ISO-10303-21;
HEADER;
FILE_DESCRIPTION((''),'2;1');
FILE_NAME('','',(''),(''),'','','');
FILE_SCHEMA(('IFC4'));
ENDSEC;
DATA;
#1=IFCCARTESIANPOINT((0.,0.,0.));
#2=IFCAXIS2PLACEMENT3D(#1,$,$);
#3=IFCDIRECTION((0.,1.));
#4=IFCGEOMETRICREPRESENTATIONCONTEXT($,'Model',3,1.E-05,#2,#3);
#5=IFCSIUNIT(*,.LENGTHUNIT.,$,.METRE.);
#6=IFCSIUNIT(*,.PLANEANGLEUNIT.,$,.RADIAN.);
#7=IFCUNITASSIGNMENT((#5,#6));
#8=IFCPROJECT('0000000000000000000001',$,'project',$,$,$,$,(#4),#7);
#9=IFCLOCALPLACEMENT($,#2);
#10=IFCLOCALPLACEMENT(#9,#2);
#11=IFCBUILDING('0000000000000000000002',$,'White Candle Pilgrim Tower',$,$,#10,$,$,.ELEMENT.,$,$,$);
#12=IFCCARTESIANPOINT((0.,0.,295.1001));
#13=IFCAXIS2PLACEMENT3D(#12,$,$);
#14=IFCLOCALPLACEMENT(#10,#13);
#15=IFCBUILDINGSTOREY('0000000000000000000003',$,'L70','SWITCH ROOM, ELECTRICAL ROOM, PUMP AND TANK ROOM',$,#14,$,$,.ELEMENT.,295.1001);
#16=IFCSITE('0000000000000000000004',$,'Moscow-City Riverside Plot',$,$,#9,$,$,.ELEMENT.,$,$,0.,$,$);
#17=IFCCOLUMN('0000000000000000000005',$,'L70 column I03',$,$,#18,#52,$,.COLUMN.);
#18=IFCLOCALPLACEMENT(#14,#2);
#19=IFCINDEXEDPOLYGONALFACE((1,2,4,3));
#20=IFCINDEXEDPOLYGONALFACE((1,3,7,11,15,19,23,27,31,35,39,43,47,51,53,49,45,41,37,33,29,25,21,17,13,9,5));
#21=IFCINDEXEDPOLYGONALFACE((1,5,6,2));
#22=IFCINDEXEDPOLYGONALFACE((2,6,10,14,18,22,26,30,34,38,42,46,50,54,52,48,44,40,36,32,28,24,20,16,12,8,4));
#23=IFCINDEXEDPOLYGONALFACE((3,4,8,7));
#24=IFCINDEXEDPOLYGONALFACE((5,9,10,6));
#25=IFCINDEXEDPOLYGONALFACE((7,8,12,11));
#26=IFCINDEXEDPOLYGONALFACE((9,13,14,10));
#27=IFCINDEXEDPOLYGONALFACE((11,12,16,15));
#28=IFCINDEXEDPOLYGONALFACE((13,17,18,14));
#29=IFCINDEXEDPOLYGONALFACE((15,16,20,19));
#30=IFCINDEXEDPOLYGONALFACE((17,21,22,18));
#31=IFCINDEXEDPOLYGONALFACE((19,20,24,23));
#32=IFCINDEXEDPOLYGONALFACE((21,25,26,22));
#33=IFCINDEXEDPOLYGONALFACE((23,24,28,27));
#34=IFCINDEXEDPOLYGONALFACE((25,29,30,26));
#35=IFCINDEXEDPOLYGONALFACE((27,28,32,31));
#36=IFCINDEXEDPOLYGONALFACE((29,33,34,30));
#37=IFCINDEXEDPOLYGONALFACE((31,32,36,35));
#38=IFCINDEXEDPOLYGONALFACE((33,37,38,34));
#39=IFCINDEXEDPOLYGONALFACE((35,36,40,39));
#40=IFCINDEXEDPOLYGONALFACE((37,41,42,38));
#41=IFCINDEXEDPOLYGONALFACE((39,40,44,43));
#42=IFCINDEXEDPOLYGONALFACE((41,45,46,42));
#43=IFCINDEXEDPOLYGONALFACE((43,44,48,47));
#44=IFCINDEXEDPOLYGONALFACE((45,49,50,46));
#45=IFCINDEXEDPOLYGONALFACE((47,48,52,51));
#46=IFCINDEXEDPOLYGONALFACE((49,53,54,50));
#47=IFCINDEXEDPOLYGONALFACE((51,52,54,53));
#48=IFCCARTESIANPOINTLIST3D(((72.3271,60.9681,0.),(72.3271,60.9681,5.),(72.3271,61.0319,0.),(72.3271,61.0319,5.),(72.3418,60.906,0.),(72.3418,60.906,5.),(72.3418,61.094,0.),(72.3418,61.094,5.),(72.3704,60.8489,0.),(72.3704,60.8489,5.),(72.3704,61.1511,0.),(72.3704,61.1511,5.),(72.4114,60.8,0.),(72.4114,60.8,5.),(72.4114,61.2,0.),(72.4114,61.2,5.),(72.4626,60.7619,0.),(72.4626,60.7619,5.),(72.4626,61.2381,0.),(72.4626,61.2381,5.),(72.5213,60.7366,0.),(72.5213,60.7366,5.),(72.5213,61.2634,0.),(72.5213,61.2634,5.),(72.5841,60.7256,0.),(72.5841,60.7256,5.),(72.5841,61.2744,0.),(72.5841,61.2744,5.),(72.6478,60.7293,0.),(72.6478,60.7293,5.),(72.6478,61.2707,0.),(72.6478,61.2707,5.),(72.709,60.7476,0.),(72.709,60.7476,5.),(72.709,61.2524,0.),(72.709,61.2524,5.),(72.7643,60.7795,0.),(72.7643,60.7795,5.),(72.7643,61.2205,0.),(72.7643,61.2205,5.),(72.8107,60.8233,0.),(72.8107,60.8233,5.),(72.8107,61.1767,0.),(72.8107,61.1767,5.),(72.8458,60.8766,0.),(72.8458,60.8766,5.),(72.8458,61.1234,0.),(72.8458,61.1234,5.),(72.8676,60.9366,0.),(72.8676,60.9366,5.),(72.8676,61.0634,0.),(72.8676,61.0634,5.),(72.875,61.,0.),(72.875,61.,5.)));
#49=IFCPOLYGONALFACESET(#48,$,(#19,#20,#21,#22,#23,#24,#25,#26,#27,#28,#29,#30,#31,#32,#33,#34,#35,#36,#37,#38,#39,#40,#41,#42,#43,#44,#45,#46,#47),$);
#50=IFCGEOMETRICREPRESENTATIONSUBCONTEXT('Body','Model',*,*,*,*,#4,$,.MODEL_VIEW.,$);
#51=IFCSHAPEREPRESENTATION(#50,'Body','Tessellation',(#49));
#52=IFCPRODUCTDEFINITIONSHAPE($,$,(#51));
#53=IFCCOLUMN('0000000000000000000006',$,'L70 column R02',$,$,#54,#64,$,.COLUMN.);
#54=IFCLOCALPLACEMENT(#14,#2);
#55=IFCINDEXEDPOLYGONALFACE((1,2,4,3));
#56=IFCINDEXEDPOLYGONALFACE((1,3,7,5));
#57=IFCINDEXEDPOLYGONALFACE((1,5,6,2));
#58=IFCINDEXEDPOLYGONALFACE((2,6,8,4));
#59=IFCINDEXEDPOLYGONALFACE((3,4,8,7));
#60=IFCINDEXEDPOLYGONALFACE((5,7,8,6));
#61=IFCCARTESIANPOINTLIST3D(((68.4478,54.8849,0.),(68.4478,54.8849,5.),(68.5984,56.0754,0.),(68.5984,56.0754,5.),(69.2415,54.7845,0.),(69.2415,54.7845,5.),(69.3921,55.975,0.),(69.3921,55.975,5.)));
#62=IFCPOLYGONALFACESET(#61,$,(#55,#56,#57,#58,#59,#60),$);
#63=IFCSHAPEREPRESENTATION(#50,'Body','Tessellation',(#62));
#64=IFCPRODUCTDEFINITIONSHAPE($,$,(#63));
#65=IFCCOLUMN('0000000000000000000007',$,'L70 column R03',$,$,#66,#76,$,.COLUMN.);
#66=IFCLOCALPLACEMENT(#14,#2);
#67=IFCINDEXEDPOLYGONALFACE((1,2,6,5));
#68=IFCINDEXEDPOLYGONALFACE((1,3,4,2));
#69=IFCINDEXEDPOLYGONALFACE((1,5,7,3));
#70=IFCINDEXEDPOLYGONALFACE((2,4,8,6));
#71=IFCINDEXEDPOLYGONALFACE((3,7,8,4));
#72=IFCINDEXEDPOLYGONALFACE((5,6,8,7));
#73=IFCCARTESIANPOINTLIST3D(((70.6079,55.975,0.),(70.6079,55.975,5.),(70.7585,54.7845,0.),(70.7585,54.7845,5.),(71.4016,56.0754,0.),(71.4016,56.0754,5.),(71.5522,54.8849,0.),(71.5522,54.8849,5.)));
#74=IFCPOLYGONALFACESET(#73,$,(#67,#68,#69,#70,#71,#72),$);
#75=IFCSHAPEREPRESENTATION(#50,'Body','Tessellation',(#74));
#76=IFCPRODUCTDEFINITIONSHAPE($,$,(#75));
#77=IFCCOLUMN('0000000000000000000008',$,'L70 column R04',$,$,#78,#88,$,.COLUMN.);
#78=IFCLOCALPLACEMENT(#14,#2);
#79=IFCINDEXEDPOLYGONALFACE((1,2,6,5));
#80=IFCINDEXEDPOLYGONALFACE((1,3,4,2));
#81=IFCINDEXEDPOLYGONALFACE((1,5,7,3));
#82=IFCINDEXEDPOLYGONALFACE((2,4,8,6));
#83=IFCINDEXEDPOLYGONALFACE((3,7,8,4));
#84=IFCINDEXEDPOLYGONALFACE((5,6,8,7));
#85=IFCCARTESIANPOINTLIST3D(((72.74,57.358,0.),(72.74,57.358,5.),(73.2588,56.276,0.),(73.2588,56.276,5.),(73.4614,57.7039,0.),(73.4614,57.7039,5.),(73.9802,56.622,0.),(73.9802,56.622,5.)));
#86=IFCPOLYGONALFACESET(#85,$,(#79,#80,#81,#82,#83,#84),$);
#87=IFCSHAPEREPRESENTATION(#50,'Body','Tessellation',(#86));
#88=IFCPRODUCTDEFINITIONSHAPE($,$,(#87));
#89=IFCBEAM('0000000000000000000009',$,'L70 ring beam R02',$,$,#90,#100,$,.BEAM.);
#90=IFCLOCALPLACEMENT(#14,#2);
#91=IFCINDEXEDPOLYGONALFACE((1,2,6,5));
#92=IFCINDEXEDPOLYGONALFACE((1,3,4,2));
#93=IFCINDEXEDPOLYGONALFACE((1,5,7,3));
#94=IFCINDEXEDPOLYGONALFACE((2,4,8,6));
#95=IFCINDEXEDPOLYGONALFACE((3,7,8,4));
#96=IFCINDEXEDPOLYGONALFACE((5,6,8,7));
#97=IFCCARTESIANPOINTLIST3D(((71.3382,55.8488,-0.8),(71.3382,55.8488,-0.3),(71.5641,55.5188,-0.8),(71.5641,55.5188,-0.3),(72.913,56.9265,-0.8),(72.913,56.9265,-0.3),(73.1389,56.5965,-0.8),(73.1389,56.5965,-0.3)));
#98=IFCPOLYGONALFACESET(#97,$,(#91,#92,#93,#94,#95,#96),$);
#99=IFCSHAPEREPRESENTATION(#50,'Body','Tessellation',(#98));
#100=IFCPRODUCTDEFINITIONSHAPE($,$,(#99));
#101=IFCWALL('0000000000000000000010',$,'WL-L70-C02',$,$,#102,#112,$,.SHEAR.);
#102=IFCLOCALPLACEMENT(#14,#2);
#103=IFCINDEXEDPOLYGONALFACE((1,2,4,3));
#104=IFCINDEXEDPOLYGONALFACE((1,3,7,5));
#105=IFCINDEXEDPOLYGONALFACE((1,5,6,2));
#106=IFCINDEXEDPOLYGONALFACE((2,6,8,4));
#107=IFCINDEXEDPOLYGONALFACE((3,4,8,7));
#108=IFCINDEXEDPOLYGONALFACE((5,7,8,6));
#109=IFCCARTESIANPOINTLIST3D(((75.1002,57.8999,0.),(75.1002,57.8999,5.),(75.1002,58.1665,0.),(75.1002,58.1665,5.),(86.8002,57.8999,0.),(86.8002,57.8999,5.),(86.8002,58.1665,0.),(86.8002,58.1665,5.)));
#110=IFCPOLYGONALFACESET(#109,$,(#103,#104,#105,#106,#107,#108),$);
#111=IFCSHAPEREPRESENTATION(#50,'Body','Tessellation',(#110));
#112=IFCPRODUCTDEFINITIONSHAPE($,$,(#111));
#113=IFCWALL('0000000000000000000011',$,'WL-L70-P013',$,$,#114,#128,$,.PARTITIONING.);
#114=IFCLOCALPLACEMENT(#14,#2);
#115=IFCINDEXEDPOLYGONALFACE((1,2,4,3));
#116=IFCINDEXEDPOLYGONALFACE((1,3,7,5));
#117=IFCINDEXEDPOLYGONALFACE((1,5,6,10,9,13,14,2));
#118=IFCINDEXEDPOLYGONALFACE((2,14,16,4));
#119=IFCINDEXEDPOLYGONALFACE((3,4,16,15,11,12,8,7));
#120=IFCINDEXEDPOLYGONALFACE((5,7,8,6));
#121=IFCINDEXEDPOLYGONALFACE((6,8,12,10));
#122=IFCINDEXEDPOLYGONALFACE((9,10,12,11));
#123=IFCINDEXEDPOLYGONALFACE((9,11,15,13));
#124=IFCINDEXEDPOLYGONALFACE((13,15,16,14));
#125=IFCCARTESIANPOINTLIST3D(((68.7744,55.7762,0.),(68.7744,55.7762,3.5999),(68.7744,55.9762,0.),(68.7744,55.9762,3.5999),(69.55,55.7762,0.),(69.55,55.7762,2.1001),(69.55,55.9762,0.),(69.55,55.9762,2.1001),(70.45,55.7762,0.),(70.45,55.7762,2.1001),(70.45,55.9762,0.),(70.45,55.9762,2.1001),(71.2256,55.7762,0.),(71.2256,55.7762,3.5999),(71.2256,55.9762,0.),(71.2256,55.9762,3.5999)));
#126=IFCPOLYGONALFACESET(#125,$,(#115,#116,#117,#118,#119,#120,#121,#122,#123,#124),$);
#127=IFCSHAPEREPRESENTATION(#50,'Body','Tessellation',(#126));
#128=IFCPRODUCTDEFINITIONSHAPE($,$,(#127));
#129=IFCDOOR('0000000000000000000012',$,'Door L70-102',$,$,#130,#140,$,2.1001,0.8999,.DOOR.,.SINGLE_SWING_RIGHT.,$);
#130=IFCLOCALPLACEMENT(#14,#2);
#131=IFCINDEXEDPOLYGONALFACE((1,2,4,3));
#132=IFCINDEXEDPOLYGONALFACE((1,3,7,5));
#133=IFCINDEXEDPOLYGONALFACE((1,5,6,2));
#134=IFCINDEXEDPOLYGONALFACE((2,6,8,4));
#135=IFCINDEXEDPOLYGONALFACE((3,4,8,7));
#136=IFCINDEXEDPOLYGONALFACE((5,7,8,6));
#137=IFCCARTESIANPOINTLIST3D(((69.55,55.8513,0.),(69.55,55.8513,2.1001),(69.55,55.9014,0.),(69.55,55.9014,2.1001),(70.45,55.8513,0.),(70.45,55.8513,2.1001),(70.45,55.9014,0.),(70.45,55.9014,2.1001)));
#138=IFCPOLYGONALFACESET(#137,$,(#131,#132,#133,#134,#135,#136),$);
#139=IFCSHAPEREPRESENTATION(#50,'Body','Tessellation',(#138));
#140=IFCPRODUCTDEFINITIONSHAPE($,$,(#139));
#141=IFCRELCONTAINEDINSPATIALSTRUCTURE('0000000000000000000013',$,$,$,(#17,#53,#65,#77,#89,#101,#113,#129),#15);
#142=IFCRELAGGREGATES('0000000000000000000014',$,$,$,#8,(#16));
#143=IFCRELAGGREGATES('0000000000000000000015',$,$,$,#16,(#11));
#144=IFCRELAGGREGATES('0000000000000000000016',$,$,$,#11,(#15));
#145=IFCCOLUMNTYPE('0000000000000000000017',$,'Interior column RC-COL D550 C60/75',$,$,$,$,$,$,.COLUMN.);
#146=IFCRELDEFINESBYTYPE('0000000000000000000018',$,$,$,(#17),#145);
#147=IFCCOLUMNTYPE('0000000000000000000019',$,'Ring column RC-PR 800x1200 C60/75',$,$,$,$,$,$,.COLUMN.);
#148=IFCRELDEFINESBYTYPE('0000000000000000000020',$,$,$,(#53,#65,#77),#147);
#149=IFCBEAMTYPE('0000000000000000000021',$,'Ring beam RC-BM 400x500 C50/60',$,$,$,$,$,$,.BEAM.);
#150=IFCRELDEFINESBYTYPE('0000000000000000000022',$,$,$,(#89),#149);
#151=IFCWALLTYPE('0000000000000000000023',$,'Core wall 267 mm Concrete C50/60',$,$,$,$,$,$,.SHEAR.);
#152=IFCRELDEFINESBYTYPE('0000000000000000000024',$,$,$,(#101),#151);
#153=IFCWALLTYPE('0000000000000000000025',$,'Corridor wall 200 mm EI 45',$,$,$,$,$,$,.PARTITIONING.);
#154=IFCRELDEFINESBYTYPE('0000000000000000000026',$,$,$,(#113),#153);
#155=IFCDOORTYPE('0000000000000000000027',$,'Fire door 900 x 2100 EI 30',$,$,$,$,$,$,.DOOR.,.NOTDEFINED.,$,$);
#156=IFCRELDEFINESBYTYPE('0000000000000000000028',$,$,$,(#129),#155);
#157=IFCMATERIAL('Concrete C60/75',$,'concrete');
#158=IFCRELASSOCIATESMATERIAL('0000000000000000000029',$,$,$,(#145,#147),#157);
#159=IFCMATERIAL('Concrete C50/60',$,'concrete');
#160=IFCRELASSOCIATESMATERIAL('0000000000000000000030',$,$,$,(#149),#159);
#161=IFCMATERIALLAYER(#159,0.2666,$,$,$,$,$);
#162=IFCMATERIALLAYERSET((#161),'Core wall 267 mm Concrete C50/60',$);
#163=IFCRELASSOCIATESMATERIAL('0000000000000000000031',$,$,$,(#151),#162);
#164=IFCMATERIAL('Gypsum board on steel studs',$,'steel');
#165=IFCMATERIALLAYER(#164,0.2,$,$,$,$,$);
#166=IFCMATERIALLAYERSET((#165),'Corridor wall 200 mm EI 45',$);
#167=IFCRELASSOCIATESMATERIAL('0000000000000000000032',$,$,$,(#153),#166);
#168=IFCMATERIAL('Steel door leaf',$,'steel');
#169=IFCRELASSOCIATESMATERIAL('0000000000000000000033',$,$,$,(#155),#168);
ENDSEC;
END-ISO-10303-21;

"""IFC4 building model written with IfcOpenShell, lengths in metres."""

from ifc_helpers import new_model, si_unit, direction, frame, frame_2d, origin, origin_2d, place, context, subcontext, project, spatial, rectangle, circle, extrude, material, layer, layer_set, material_profile, profile_set, type_object, element, fill, save


model = new_model("IFC4")

# Units and contexts
model_context = context("Model", 3, precision=1e-05, world=origin(), true_north=direction((0.0, 1.0)))
body_context = subcontext(model_context, "Body", "Model", "MODEL_VIEW")
ifc_project = project(units=[si_unit("LENGTHUNIT", "METRE"), si_unit("PLANEANGLEUNIT", "RADIAN")], contexts=[model_context])

# Site, building, storey
site_placement = place(None, origin())
site = spatial("IfcSite", under=ifc_project, at=site_placement, Name="Moscow-City Riverside Plot", CompositionType="ELEMENT", RefElevation=0.0)
building_placement = place(site_placement, origin())
building = spatial("IfcBuilding", under=site, at=building_placement, Name="White Candle Pilgrim Tower", CompositionType="ELEMENT")
storey_placement = place(building_placement, frame((0.0, 0.0, 295.1001)))
storey = spatial("IfcBuildingStorey", under=building, at=storey_placement, Name="L70", Description="SWITCH ROOM, ELECTRICAL ROOM, PUMP AND TANK ROOM", CompositionType="ELEMENT", Elevation=295.1001)

# Columns
ifc_material_1 = material(Name="Concrete C60/75", Category="concrete")
ifc_material_profile_1 = material_profile(ifc_material_1, circle(Radius=0.2749, at=origin_2d()), Name="RC-COL D550")
ifc_profile_set_1 = profile_set([ifc_material_profile_1], Name="Concrete C60/75")
column_type_1 = type_object("IfcColumnType", Name="Interior column RC-COL D550 C60/75", PredefinedType="COLUMN", material=ifc_profile_set_1)
column_placement = place(storey_placement, frame((72.6001, 61.0, 0.0), z_axis=(0.0, 0.0, 1.0), x_axis=(1.0, 0.0, 0.0)))
element("IfcColumn", 1, at=column_placement, inside=storey, type_object=column_type_1, Name="L70 column I03", PredefinedType="COLUMN", context=body_context, shape_type="SweptSolid", body=[
    extrude(circle(Radius=0.2749, at=origin_2d()), origin(), (0.0, 0.0, 1.0), 5.0),
])
ifc_material_profile_2 = material_profile(ifc_material_1, rectangle(XDim=0.8, YDim=1.2, at=origin_2d()), Name="RC-PR 800x1200")
ifc_profile_set_2 = profile_set([ifc_material_profile_2], Name="Concrete C60/75")
column_type_2 = type_object("IfcColumnType", Name="Ring column RC-PR 800x1200 C60/75", PredefinedType="COLUMN", material=ifc_profile_set_2)
for number, where, z_axis, x_axis, name in (
    (2, (68.9199, 55.4299, 0.0), (0.0, 0.0, 1.0), (-0.992093, 0.125506, 0.0), "L70 column R02"),
    (3, (71.0801, 55.4299, 0.0), (0.0, 0.0, 1.0), (-0.992093, -0.125506, 0.0), "L70 column R03"),
    (4, (73.3601, 56.99, 0.0), (0.0, 0.0, 1.0), (-0.901689, -0.432385, 0.0), "L70 column R04"),
):
    element("IfcColumn", number, at=place(storey_placement, frame(where, z_axis=z_axis, x_axis=x_axis)), inside=storey, type_object=column_type_2, Name=name, PredefinedType="COLUMN", context=body_context, shape_type="SweptSolid", body=[
        extrude(rectangle(XDim=0.8, YDim=1.2, at=origin_2d()), origin(), (0.0, 0.0, 1.0), 5.0),
    ])

# Beam
ifc_material_2 = material(Name="Concrete C50/60", Category="concrete")
ifc_material_profile_3 = material_profile(ifc_material_2, rectangle(XDim=0.3999, YDim=0.5, at=origin_2d()), Name="RC-BM 400x500")
ifc_profile_set_3 = profile_set([ifc_material_profile_3], Name="Concrete C50/60")
beam_type = type_object("IfcBeamType", Name="Ring beam RC-BM 400x500 C50/60", PredefinedType="BEAM", material=ifc_profile_set_3)
beam_placement = place(storey_placement, frame((71.4512, 55.6838, -0.55), z_axis=(0.825257, 0.564757, 0.0), x_axis=(-0.564757, 0.825257, 0.0)))
element("IfcBeam", 5, at=beam_placement, inside=storey, type_object=beam_type, Name="L70 ring beam R02", PredefinedType="BEAM", context=body_context, shape_type="SweptSolid", body=[
    extrude(rectangle(XDim=0.3999, YDim=0.5, at=origin_2d()), origin(), (0.0, 0.0, 1.0), 1.9082),
])

# Wall
ifc_layer_1 = layer(ifc_material_2, 0.2666)
ifc_layer_set_1 = layer_set([ifc_layer_1], Name="Core wall 267 mm Concrete C50/60")
wall_type_1 = type_object("IfcWallType", Name="Core wall 267 mm Concrete C50/60", PredefinedType="SHEAR", material=ifc_layer_set_1)
wall_1_placement = place(storey_placement, frame((75.1001, 58.0332, 0.0), z_axis=(0.0, 0.0, 1.0), x_axis=(1.0, 0.0, 0.0)))
element("IfcWall", 6, at=wall_1_placement, inside=storey, type_object=wall_type_1, Name="WL-L70-C02", PredefinedType="SHEAR", context=body_context, shape_type="SweptSolid", body=[
    extrude(rectangle(XDim=11.7, YDim=0.2666, at=frame_2d((5.8501, 0.0))), origin(), (0.0, 0.0, 1.0), 5.0),
])

# Wall, opening, door
ifc_material_3 = material(Name="Gypsum board on steel studs", Category="steel")
ifc_layer_2 = layer(ifc_material_3, 0.2)
ifc_layer_set_2 = layer_set([ifc_layer_2], Name="Corridor wall 200 mm EI 45")
wall_type_2 = type_object("IfcWallType", Name="Corridor wall 200 mm EI 45", PredefinedType="PARTITIONING", material=ifc_layer_set_2)
wall_2_placement = place(storey_placement, frame((71.2256, 55.8762, 0.0), z_axis=(0.0, 0.0, 1.0), x_axis=(-1.0, 0.0, 0.0)))
wall_2 = element("IfcWall", 7, at=wall_2_placement, inside=storey, type_object=wall_type_2, Name="WL-L70-P013", PredefinedType="PARTITIONING", context=body_context, shape_type="SweptSolid", body=[
    extrude(rectangle(XDim=2.4512, YDim=0.2, at=frame_2d((1.2256, 0.0))), origin(), (0.0, 0.0, 1.0), 3.5999),
])
opening_1_placement = place(wall_2_placement, frame((0.7756, 0.0, 0.0)))
opening_1 = element("IfcOpeningElement", 8, at=opening_1_placement, cuts=wall_2, PredefinedType="OPENING", context=body_context, shape_type="SweptSolid", body=[
    extrude(rectangle(XDim=0.8999, YDim=2.1001, at=frame_2d((0.45, 1.05))), frame((0.0, 0.1099, 0.0), z_axis=(0.0, -1.0, 0.0), x_axis=(1.0, 0.0, 0.0)), (0.0, 0.0, 1.0), 0.22),
])
ifc_material_4 = material(Name="Steel door leaf", Category="steel")
door_type_1 = type_object("IfcDoorType", Name="Fire door 900 x 2100 EI 30", OperationType="NOTDEFINED", PredefinedType="DOOR", material=ifc_material_4)
door_1_placement = place(opening_1_placement, origin())
door_1 = element("IfcDoor", 9, at=door_1_placement, inside=storey, type_object=door_type_1, Name="Door L70-102", OperationType="SINGLE_SWING_RIGHT", OverallHeight=2.1001, OverallWidth=0.8999, PredefinedType="DOOR", context=body_context, shape_type="SweptSolid", body=[
    extrude(rectangle(XDim=0.8999, YDim=2.1001, at=frame_2d((0.45, 1.05))), frame((0.0, 0.0249, 0.0), z_axis=(0.0, -1.0, 0.0), x_axis=(1.0, 0.0, 0.0)), (0.0, 0.0, 1.0), 0.05),
])
fill(opening_1, door_1)

save(model, "model.ifc")
